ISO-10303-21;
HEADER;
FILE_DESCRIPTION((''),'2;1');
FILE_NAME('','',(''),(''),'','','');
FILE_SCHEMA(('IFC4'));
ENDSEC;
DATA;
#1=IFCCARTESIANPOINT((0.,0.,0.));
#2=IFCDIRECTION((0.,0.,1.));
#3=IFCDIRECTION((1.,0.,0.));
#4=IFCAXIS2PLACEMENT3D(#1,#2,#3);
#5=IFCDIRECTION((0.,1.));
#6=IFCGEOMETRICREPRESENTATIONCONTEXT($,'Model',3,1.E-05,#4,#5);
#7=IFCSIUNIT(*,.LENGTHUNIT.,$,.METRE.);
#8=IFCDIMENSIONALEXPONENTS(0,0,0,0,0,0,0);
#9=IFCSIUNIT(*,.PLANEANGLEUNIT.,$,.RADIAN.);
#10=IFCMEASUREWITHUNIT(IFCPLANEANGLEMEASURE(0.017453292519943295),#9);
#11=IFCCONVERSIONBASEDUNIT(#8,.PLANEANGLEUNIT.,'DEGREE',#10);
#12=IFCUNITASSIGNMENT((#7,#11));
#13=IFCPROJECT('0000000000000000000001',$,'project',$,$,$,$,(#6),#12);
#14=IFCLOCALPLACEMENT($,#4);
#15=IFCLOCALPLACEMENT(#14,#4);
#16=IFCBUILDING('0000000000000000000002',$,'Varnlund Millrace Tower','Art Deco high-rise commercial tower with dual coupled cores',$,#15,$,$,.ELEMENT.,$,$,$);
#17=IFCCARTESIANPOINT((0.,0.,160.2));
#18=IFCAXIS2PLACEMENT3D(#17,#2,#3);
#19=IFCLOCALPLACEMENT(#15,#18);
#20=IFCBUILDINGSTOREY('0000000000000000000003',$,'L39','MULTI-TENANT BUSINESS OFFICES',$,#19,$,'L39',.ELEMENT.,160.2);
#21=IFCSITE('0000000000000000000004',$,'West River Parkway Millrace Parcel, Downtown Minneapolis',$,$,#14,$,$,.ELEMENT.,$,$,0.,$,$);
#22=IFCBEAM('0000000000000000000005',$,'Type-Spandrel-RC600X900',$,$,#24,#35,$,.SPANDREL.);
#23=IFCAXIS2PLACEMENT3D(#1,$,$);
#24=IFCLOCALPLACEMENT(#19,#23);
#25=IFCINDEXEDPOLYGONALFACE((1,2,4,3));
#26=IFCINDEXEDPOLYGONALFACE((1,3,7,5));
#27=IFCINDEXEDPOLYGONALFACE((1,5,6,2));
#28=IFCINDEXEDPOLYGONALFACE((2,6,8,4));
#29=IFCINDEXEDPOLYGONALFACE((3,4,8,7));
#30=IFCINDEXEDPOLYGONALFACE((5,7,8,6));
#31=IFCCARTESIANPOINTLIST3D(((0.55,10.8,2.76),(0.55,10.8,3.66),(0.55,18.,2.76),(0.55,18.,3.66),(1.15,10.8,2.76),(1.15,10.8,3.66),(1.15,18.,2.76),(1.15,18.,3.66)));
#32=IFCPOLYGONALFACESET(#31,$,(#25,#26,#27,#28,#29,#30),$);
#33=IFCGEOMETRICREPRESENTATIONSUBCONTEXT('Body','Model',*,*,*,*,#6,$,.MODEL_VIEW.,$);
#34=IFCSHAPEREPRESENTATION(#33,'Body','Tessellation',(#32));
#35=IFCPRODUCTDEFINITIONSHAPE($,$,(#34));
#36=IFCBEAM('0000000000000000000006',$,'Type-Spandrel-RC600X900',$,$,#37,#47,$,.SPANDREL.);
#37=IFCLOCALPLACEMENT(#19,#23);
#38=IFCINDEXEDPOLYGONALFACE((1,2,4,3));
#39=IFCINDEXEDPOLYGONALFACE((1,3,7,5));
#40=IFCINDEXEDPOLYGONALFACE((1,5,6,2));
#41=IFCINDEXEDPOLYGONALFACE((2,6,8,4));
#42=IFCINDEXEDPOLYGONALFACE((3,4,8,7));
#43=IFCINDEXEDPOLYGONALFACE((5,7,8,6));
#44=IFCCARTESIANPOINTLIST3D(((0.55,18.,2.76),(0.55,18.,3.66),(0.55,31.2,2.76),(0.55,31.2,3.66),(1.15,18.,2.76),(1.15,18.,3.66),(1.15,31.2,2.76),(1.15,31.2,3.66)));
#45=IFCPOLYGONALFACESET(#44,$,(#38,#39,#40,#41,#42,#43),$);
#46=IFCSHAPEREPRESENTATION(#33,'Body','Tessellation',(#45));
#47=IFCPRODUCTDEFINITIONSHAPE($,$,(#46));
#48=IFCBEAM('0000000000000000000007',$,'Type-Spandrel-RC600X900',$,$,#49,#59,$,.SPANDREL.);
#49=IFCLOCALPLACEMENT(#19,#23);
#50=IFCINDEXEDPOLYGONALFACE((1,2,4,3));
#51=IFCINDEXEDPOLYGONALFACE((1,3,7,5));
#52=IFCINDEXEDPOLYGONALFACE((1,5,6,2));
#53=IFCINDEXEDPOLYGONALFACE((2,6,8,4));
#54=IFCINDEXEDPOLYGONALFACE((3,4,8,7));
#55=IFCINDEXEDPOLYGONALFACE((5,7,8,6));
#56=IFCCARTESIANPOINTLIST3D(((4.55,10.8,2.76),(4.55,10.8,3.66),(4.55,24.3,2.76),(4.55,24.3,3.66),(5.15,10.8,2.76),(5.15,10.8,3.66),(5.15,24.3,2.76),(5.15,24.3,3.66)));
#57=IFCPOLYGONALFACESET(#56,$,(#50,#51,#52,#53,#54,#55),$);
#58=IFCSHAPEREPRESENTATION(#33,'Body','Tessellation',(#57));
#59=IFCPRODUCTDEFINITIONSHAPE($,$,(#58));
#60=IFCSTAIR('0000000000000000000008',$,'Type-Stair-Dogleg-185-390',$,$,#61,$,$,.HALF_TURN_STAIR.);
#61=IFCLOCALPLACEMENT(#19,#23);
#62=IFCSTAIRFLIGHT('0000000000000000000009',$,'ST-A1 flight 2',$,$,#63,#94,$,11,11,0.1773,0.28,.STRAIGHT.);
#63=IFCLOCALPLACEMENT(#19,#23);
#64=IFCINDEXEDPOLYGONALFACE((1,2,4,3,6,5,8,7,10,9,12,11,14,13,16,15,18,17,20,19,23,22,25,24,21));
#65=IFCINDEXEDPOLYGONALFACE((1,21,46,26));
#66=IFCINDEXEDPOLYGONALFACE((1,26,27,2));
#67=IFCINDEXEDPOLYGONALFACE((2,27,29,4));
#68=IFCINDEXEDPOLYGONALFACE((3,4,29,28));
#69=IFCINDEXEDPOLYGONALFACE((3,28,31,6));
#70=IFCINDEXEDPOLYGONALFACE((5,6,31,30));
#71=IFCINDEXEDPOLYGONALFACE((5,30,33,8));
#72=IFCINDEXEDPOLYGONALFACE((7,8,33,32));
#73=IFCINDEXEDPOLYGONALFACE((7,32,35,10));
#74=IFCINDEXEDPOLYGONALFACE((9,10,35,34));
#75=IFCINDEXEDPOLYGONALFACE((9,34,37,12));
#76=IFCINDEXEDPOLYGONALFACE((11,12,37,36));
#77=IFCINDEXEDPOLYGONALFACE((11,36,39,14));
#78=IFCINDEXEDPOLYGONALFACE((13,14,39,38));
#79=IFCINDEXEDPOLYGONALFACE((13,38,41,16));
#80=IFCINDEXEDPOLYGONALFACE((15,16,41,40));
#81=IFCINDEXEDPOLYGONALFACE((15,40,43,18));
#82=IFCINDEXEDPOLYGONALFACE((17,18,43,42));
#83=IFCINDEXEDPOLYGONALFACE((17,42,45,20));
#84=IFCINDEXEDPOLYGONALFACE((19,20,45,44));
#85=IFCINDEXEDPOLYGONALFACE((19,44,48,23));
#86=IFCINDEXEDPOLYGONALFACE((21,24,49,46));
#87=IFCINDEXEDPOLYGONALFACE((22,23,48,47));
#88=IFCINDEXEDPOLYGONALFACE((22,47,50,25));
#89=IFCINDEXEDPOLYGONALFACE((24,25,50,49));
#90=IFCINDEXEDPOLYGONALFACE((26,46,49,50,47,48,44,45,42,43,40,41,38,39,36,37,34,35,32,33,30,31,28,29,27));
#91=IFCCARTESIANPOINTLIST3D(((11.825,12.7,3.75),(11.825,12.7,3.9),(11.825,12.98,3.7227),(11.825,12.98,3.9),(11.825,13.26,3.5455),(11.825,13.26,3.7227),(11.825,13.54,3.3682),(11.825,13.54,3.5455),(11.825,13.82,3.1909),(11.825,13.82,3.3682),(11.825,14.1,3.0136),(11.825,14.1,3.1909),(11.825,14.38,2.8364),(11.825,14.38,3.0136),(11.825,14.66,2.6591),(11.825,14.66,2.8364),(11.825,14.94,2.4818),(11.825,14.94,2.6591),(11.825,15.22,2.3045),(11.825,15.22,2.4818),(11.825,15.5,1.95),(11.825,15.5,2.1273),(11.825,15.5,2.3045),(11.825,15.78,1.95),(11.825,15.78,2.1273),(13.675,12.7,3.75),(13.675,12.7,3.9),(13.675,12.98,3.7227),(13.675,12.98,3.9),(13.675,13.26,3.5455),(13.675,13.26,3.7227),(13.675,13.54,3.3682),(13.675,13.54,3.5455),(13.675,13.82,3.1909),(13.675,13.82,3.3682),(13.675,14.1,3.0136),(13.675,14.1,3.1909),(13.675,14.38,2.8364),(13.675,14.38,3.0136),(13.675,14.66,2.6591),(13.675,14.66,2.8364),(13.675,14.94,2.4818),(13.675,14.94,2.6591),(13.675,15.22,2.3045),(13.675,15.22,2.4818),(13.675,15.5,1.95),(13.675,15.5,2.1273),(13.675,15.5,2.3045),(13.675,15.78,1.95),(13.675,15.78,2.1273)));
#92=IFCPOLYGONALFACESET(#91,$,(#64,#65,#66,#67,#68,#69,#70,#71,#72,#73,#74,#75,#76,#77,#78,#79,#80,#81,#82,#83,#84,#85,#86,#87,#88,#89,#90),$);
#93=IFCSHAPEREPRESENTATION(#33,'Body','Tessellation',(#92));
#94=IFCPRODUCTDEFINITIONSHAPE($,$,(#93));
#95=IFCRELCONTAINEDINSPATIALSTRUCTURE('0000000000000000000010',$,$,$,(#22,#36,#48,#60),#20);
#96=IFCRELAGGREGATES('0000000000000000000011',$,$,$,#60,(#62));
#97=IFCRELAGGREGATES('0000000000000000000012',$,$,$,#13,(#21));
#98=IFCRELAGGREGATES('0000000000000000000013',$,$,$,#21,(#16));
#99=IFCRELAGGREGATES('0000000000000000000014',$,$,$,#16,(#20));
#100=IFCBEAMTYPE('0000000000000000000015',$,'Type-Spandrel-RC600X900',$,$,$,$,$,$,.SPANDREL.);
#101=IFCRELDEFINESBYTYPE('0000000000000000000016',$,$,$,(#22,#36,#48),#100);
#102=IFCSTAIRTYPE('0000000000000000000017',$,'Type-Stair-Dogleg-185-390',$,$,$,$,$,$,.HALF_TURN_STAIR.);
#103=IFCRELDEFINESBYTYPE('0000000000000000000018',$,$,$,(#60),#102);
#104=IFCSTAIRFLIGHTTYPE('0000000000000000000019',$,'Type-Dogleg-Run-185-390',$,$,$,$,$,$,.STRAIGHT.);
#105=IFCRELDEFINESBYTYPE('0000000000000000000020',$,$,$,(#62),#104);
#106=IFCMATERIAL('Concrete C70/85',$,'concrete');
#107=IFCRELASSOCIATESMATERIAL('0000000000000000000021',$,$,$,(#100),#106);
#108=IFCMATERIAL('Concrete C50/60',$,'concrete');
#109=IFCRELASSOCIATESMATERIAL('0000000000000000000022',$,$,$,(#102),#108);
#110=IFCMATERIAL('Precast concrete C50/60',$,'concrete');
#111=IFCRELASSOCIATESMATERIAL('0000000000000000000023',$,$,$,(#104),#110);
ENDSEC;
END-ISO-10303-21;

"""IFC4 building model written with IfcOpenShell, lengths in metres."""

from ifc_helpers import new_model, entity, si_unit, converted_unit, direction, frame, origin_with_axes, origin_2d_with_axis, place, context, subcontext, project, spatial, polyline, rectangle, outline, extrude, material, material_profile, profile_set, type_object, element, aggregate, save


model = new_model("IFC4")

# Units and contexts
model_context = context("Model", 3, precision=1e-05, world=origin_with_axes(), true_north=direction((0.0, 1.0)))
body_context = subcontext(model_context, "Body", "Model", "MODEL_VIEW")
ifc_project = project(units=[si_unit("LENGTHUNIT", "METRE"), converted_unit("PLANEANGLEUNIT", "DEGREE", entity("IfcPlaneAngleMeasure", 0.017453292519943295), si_unit("PLANEANGLEUNIT", "RADIAN"), dimensions=[0, 0, 0, 0, 0, 0, 0])], contexts=[model_context])

# Site, building, storey
site_placement = place(None, origin_with_axes())
site = spatial("IfcSite", under=ifc_project, at=site_placement, Name="West River Parkway Millrace Parcel, Downtown Minneapolis", CompositionType="ELEMENT", RefElevation=0.0)
building_placement = place(site_placement, origin_with_axes())
building = spatial("IfcBuilding", under=site, at=building_placement, Name="Varnlund Millrace Tower", Description="Art Deco high-rise commercial tower with dual coupled cores", CompositionType="ELEMENT")
storey_placement = place(building_placement, frame((0.0, 0.0, 160.2), z_axis=(0.0, 0.0, 1.0), x_axis=(1.0, 0.0, 0.0)))
storey = spatial("IfcBuildingStorey", under=building, at=storey_placement, Name="L39", Description="MULTI-TENANT BUSINESS OFFICES", LongName="L39", CompositionType="ELEMENT", Elevation=160.2)

# Beams
ifc_material_1 = material(Name="Concrete C70/85", Category="concrete")
ifc_material_profile_1 = material_profile(ifc_material_1, rectangle(XDim=0.6, YDim=0.9, at=origin_2d_with_axis()), Name="Concrete C70/85")
ifc_profile_set_1 = profile_set([ifc_material_profile_1], Name="Concrete C70/85")
beam_type_1 = type_object("IfcBeamType", Name="Type-Spandrel-RC600X900", PredefinedType="SPANDREL", material=ifc_profile_set_1)
beam_1_placement = place(storey_placement, frame((0.85, 10.8, 3.21), z_axis=(0.0, 1.0, 0.0), x_axis=(-1.0, 0.0, 0.0)))
element("IfcBeam", 1, at=beam_1_placement, inside=storey, type_object=beam_type_1, Name="Type-Spandrel-RC600X900", PredefinedType="SPANDREL", context=body_context, shape_type="SweptSolid", body=[
    extrude(rectangle(XDim=0.6, YDim=0.9, at=origin_2d_with_axis()), origin_with_axes(), (0.0, 0.0, 1.0), 7.2),
])
beam_2_placement = place(storey_placement, frame((0.85, 18.0, 3.21), z_axis=(0.0, 1.0, 0.0), x_axis=(-1.0, 0.0, 0.0)))
element("IfcBeam", 2, at=beam_2_placement, inside=storey, type_object=beam_type_1, Name="Type-Spandrel-RC600X900", PredefinedType="SPANDREL", context=body_context, shape_type="SweptSolid", body=[
    extrude(rectangle(XDim=0.6, YDim=0.9, at=origin_2d_with_axis()), origin_with_axes(), (0.0, 0.0, 1.0), 13.2),
])
beam_3_placement = place(storey_placement, frame((4.85, 10.8, 3.21), z_axis=(0.0, 1.0, 0.0), x_axis=(-1.0, 0.0, 0.0)))
element("IfcBeam", 3, at=beam_3_placement, inside=storey, type_object=beam_type_1, Name="Type-Spandrel-RC600X900", PredefinedType="SPANDREL", context=body_context, shape_type="SweptSolid", body=[
    extrude(rectangle(XDim=0.6, YDim=0.9, at=origin_2d_with_axis()), origin_with_axes(), (0.0, 0.0, 1.0), 13.5),
])

# Stair, stair flight
ifc_material_2 = material(Name="Concrete C50/60", Category="concrete")
stair_type = type_object("IfcStairType", Name="Type-Stair-Dogleg-185-390", PredefinedType="HALF_TURN_STAIR", material=ifc_material_2)
stair_placement = place(storey_placement, origin_with_axes())
stair = element("IfcStair", 4, at=stair_placement, inside=storey, type_object=stair_type, Name="Type-Stair-Dogleg-185-390", PredefinedType="HALF_TURN_STAIR")
ifc_material_3 = material(Name="Precast concrete C50/60", Category="concrete")
stair_flight_type = type_object("IfcStairFlightType", Name="Type-Dogleg-Run-185-390", PredefinedType="STRAIGHT", material=ifc_material_3)
stair_flight_placement = place(storey_placement, frame((13.675, 15.78, 1.95), z_axis=(-1.0, 0.0, 0.0), x_axis=(0.0, -1.0, 0.0)))
stair_flight = element("IfcStairFlight", 5, at=stair_flight_placement, type_object=stair_flight_type, Name="ST-A1 flight 2", NumberOfRisers=11, NumberOfTreads=11, PredefinedType="STRAIGHT", RiserHeight=0.1773, TreadLength=0.28, context=body_context, shape_type="SweptSolid", body=[
    extrude(outline(polyline([(0.0, 0.0), (0.0, 0.1773), (0.28, 0.1773), (0.28, 0.3545), (0.56, 0.3545), (0.56, 0.5318), (0.84, 0.5318), (0.84, 0.7091), (1.12, 0.7091), (1.12, 0.8864), (1.4, 0.8864), (1.4, 1.0636), (1.68, 1.0636), (1.68, 1.2409), (1.96, 1.2409), (1.96, 1.4182), (2.24, 1.4182), (2.24, 1.5955), (2.52, 1.5955), (2.52, 1.7727), (2.8, 1.7727), (2.8, 1.95), (3.08, 1.95), (3.08, 1.8), (0.28, 0.0), (0.0, 0.0)])), origin_with_axes(), (0.0, 0.0, 1.0), 1.85),
])
aggregate(stair, [stair_flight])

save(model, "model.ifc")
